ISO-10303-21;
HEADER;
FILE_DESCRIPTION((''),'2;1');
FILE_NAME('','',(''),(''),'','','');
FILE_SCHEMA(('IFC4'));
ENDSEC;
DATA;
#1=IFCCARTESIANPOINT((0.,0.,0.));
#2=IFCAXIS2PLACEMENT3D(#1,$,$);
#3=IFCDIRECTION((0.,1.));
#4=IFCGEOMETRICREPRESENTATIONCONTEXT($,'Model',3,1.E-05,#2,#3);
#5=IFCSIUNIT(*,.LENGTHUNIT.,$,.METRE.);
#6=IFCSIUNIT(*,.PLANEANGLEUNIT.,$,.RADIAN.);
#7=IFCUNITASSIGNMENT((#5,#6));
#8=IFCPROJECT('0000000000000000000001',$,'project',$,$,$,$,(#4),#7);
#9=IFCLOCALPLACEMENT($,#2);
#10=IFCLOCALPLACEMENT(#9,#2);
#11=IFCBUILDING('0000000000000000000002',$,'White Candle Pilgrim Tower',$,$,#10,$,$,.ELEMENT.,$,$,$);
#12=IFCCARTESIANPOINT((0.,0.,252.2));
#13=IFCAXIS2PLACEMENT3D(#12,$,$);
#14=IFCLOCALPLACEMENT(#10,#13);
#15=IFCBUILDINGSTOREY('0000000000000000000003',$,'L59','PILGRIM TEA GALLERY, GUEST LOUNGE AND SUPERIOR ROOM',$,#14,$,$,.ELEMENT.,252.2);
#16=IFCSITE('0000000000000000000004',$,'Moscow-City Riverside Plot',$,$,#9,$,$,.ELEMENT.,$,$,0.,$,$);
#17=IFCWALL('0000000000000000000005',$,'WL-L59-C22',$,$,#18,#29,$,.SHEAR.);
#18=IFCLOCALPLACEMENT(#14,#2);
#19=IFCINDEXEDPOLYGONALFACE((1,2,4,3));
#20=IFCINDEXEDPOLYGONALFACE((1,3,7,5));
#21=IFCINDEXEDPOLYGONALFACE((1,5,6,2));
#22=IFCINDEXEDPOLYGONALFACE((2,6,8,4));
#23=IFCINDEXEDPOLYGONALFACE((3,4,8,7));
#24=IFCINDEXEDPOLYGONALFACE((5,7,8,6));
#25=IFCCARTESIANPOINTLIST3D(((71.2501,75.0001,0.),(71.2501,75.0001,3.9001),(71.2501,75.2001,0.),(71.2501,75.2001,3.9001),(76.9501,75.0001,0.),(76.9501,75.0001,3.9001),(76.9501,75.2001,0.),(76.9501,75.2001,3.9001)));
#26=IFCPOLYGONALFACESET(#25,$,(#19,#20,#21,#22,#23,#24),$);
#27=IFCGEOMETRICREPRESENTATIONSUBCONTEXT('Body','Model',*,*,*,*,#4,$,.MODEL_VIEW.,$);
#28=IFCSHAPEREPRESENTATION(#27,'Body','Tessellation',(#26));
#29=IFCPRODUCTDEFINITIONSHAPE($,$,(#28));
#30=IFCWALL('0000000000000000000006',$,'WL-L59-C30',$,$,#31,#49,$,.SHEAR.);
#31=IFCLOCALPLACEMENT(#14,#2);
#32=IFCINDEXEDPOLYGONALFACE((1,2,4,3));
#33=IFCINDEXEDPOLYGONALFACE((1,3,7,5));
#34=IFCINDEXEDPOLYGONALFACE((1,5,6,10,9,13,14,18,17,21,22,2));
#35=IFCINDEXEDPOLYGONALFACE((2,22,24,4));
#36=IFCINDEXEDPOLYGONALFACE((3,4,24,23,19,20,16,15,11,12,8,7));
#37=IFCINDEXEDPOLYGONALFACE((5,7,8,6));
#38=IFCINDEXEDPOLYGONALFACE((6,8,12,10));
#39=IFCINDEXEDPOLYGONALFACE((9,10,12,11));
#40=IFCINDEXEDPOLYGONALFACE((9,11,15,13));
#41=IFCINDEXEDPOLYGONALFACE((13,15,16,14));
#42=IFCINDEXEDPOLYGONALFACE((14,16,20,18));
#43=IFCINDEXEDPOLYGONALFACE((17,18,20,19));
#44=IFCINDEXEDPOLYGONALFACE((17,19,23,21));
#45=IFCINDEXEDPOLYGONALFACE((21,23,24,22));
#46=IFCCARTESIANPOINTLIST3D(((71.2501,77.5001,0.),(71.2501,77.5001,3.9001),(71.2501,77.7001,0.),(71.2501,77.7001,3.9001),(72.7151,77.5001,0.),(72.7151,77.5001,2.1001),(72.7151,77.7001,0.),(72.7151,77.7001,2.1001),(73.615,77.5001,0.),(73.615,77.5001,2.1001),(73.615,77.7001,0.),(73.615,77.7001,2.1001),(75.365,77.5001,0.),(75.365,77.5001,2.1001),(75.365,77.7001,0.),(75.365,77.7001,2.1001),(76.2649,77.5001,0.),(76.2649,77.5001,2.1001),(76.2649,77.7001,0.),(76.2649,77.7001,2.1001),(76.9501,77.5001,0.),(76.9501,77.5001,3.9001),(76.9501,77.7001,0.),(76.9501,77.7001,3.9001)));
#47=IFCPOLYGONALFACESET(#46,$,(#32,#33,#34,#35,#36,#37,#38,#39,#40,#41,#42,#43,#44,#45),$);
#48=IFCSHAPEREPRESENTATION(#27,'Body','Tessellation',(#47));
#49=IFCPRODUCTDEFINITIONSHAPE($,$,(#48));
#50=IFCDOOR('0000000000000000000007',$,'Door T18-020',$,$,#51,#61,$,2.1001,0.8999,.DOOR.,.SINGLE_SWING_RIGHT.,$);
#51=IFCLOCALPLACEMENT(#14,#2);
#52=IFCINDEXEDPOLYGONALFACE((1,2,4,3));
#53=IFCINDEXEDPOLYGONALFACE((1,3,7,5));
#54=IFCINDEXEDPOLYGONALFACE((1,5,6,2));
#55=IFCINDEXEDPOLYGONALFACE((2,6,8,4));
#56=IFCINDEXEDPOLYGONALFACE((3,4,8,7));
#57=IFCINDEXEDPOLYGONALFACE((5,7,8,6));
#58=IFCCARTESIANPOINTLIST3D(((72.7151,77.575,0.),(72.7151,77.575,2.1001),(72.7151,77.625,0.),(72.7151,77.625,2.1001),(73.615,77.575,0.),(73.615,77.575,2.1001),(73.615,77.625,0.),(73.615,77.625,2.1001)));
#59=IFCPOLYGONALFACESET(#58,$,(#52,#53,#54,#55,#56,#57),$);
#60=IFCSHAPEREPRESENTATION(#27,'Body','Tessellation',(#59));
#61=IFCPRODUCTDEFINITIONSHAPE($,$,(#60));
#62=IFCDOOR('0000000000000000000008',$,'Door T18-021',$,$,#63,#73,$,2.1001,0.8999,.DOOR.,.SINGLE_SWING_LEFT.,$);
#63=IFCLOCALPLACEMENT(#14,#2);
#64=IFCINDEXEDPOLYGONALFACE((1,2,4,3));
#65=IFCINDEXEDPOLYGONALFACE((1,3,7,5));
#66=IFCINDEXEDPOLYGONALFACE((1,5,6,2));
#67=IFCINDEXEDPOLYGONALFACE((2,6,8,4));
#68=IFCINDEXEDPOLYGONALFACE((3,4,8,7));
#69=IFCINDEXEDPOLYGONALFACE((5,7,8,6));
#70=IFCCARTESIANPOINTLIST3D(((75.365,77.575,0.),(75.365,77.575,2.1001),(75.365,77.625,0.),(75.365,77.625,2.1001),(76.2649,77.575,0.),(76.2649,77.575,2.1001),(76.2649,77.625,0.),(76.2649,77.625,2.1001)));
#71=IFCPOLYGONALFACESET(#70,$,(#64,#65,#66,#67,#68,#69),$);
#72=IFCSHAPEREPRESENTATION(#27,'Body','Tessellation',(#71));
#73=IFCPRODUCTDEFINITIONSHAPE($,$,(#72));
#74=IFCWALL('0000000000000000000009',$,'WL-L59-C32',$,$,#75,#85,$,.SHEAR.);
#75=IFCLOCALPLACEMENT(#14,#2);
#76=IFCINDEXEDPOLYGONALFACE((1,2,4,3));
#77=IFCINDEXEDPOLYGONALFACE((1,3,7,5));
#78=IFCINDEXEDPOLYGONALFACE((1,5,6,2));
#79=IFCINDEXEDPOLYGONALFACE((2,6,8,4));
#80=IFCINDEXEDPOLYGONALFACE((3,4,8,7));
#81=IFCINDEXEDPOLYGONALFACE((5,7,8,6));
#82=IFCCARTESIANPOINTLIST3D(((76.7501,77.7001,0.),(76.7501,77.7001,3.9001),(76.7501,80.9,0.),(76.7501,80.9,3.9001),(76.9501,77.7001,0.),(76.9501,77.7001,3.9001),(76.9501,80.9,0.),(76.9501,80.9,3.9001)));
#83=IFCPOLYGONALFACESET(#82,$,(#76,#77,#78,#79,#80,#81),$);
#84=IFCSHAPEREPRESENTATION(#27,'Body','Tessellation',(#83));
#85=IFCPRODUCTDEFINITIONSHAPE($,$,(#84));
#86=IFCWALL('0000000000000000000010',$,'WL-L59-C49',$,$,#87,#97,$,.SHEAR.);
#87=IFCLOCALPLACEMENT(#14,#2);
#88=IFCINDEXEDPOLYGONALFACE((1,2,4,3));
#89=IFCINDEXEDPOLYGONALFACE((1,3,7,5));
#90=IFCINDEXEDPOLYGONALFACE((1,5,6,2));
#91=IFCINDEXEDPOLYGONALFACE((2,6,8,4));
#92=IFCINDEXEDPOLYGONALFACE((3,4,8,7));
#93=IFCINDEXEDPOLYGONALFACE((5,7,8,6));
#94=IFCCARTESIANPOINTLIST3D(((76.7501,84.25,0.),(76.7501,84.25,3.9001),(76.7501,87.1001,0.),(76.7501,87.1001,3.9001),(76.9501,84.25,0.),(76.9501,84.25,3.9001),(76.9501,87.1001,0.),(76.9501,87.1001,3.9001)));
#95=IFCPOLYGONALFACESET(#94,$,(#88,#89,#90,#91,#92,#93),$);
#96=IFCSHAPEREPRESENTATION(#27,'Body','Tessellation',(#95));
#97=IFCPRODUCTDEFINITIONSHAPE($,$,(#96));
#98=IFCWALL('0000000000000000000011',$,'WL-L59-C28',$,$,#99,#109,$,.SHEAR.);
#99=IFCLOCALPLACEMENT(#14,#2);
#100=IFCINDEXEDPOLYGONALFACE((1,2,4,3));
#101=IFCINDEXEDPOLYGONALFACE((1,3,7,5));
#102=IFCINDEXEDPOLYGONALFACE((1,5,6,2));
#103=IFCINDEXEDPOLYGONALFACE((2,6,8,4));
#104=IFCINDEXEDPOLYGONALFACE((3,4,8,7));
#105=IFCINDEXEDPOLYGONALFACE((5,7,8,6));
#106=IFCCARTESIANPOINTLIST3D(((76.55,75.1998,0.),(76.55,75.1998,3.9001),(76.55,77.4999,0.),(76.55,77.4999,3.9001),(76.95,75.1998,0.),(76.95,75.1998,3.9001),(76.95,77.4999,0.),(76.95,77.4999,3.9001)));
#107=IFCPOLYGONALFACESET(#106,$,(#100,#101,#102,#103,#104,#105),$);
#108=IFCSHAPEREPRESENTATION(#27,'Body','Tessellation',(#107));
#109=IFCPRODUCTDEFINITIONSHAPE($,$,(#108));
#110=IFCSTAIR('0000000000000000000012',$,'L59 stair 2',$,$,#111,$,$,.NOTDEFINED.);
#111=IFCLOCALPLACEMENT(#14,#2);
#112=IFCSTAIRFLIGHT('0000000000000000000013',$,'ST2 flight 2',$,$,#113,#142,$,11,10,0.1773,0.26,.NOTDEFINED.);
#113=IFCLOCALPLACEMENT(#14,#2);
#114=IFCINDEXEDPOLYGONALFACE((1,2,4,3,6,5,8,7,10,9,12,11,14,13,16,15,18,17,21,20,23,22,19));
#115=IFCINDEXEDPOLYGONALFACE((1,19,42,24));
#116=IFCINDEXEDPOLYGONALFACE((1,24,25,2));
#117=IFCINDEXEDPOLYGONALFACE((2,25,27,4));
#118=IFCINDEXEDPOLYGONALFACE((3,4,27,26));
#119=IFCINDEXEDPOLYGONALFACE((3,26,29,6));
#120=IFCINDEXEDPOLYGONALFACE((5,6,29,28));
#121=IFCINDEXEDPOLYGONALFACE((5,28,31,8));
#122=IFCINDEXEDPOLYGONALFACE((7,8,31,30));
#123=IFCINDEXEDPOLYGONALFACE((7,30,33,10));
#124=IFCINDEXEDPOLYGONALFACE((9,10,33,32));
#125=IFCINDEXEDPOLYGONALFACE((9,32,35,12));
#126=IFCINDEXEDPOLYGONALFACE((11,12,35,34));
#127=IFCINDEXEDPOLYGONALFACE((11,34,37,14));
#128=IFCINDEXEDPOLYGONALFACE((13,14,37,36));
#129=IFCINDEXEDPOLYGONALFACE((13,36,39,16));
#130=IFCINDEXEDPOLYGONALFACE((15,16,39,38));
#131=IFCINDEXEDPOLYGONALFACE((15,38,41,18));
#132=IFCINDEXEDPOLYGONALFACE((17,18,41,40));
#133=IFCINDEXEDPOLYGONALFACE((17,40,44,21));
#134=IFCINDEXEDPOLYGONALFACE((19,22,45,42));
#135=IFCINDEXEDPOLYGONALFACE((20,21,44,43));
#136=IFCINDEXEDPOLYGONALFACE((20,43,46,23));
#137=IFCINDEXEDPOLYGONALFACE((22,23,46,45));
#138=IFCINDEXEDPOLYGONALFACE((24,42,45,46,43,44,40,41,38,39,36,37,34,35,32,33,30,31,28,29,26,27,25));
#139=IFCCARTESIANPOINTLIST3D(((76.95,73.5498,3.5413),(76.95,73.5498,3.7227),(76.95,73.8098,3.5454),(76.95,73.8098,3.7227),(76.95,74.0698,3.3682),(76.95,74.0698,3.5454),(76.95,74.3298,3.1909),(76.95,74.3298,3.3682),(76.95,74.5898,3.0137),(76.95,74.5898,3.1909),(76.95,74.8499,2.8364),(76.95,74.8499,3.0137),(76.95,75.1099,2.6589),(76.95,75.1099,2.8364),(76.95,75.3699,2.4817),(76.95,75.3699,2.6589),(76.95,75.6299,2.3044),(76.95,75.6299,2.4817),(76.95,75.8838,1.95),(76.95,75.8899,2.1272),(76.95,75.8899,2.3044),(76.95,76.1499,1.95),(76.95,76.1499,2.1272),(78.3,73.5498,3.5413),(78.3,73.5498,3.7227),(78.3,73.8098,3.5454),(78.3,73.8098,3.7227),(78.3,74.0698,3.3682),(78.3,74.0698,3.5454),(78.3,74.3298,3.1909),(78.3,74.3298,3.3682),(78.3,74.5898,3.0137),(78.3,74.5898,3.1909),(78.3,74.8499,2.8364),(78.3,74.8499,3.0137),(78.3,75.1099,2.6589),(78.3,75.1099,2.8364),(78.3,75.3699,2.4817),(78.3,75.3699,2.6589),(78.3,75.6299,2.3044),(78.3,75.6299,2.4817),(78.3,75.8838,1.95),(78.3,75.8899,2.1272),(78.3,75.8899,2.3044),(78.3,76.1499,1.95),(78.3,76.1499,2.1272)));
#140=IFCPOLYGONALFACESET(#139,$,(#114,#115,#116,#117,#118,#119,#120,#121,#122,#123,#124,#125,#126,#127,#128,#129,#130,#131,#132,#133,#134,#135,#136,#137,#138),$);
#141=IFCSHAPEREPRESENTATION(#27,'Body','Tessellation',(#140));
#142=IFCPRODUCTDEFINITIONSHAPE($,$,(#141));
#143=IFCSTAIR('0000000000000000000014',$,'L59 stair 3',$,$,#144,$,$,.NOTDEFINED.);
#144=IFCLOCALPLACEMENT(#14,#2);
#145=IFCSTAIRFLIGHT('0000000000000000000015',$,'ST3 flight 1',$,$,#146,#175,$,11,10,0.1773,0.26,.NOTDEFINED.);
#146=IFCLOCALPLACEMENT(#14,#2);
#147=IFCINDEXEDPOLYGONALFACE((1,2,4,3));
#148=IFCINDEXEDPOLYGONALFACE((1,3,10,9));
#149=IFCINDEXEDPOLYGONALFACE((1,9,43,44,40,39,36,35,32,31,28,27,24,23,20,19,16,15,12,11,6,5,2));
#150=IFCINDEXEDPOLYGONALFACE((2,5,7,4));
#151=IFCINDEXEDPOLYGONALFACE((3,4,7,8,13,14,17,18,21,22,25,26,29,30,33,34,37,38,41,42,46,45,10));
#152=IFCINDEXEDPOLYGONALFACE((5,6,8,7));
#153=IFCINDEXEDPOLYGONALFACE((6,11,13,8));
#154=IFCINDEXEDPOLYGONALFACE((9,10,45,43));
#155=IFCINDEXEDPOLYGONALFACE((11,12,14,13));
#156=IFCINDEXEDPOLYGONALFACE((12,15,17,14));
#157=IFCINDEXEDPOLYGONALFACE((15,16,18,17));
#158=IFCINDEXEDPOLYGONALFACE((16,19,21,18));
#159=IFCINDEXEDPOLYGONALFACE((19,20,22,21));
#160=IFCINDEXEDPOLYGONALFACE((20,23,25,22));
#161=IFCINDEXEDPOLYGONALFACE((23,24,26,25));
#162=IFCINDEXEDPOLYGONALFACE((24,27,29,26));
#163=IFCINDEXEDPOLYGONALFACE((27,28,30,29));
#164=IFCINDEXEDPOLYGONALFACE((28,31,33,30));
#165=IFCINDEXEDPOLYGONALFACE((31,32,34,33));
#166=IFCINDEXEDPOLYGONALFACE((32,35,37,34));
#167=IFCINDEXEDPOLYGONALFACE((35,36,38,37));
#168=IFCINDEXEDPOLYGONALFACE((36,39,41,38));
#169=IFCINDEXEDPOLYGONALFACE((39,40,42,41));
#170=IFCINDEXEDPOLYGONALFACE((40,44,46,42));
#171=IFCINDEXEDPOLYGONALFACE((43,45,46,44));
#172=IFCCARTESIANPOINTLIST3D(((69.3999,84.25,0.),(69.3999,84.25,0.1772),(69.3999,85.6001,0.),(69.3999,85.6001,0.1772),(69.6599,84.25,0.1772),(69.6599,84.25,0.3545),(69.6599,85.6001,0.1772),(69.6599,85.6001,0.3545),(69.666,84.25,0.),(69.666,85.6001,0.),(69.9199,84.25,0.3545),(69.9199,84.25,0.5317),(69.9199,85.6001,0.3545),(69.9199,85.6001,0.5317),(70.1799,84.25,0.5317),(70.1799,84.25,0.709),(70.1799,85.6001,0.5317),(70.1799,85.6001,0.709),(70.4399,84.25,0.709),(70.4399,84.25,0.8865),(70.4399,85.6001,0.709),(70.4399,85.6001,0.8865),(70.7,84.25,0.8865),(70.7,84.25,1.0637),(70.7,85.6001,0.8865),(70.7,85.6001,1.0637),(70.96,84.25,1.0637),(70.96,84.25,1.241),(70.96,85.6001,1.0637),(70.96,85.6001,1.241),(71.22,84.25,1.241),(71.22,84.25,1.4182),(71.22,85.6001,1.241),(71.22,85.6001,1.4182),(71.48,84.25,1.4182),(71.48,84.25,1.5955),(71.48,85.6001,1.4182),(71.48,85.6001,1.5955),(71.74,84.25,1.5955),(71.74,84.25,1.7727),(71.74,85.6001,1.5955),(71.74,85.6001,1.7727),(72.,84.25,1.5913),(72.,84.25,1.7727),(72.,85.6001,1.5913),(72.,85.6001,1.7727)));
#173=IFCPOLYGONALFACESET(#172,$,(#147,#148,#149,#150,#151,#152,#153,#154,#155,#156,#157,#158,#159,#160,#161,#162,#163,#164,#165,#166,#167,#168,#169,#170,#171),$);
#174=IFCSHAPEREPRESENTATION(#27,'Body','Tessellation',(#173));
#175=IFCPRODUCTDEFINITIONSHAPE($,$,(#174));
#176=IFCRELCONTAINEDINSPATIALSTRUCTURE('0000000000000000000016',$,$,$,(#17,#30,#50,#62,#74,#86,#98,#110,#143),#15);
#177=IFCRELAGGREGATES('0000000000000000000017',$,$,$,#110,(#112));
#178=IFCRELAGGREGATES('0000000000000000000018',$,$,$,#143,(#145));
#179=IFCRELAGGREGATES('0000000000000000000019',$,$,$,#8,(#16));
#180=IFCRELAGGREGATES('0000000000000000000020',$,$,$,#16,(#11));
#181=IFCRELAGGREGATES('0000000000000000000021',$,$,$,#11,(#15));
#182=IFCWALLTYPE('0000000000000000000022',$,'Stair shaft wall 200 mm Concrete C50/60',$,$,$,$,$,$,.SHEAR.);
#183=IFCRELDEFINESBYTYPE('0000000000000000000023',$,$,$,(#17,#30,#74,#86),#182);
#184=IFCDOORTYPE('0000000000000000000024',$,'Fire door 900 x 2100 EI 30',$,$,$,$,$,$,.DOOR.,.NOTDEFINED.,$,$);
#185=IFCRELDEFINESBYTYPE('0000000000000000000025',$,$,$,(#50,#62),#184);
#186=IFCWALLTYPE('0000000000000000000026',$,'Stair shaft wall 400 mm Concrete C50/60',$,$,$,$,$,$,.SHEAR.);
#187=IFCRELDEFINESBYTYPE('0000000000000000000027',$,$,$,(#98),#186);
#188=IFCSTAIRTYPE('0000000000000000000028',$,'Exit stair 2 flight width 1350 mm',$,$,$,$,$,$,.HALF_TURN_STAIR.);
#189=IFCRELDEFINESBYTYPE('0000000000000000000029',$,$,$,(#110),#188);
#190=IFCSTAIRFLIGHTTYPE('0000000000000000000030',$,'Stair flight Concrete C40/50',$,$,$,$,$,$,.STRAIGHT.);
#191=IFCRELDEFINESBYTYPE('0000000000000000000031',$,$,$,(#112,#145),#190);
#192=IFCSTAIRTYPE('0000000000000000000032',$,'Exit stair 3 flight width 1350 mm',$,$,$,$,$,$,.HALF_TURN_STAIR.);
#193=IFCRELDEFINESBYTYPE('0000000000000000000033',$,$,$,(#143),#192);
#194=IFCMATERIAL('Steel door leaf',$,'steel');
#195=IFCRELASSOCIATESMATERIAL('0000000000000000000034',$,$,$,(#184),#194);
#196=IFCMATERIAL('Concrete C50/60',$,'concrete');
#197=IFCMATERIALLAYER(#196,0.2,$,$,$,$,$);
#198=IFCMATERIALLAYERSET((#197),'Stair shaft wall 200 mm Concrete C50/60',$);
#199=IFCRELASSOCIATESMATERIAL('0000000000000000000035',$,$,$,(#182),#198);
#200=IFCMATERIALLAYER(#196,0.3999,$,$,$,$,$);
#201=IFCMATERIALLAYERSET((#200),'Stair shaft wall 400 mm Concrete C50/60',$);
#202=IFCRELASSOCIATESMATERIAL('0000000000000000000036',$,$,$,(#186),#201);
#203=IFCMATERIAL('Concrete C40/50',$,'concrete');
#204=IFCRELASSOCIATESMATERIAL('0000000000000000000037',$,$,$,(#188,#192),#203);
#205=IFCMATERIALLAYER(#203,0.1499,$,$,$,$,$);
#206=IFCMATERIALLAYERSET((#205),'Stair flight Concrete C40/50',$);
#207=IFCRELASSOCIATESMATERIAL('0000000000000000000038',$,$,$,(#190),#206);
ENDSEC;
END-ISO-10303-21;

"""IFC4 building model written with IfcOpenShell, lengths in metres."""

from ifc_helpers import new_model, si_unit, direction, frame, frame_2d, origin, place, context, subcontext, project, spatial, polyline, rectangle, outline, extrude, material, layer, layer_set, type_object, element, fill, aggregate, save


model = new_model("IFC4")

# Units and contexts
model_context = context("Model", 3, precision=1e-05, world=origin(), true_north=direction((0.0, 1.0)))
body_context = subcontext(model_context, "Body", "Model", "MODEL_VIEW")
ifc_project = project(units=[si_unit("LENGTHUNIT", "METRE"), si_unit("PLANEANGLEUNIT", "RADIAN")], contexts=[model_context])

# Site, building, storey
site_placement = place(None, origin())
site = spatial("IfcSite", under=ifc_project, at=site_placement, Name="Moscow-City Riverside Plot", CompositionType="ELEMENT", RefElevation=0.0)
building_placement = place(site_placement, origin())
building = spatial("IfcBuilding", under=site, at=building_placement, Name="White Candle Pilgrim Tower", CompositionType="ELEMENT")
storey_placement = place(building_placement, frame((0.0, 0.0, 252.2)))
storey = spatial("IfcBuildingStorey", under=building, at=storey_placement, Name="L59", Description="PILGRIM TEA GALLERY, GUEST LOUNGE AND SUPERIOR ROOM", CompositionType="ELEMENT", Elevation=252.2)

# Shared definitions
ifc_material_1 = material(Name="Concrete C50/60", Category="concrete")

# Shared definitions
ifc_material_2 = material(Name="Steel door leaf", Category="steel")
door_type = type_object("IfcDoorType", Name="Fire door 900 x 2100 EI 30", OperationType="NOTDEFINED", PredefinedType="DOOR", material=ifc_material_2)

# Wall
ifc_layer_1 = layer(ifc_material_1, 0.2)
ifc_layer_set_1 = layer_set([ifc_layer_1], Name="Stair shaft wall 200 mm Concrete C50/60")
wall_type_1 = type_object("IfcWallType", Name="Stair shaft wall 200 mm Concrete C50/60", PredefinedType="SHEAR", material=ifc_layer_set_1)
wall_1_placement = place(storey_placement, frame((71.25, 75.1001, 0.0), z_axis=(0.0, 0.0, 1.0), x_axis=(1.0, 0.0, 0.0)))
element("IfcWall", 1, at=wall_1_placement, inside=storey, type_object=wall_type_1, Name="WL-L59-C22", PredefinedType="SHEAR", context=body_context, shape_type="SweptSolid", body=[
    extrude(rectangle(XDim=5.7, YDim=0.2, at=frame_2d((2.8501, 0.0))), origin(), (0.0, 0.0, 1.0), 3.9001),
])

# Wall, openings, doors
wall_2_placement = place(storey_placement, frame((71.25, 77.6001, 0.0), z_axis=(0.0, 0.0, 1.0), x_axis=(1.0, 0.0, 0.0)))
wall_2 = element("IfcWall", 2, at=wall_2_placement, inside=storey, type_object=wall_type_1, Name="WL-L59-C30", PredefinedType="SHEAR", context=body_context, shape_type="SweptSolid", body=[
    extrude(rectangle(XDim=5.7, YDim=0.2, at=frame_2d((2.8501, 0.0))), origin(), (0.0, 0.0, 1.0), 3.9001),
])
opening_1_placement = place(wall_2_placement, frame((1.4651, 0.0, 0.0)))
opening_1 = element("IfcOpeningElement", 3, at=opening_1_placement, cuts=wall_2, PredefinedType="OPENING", context=body_context, shape_type="SweptSolid", body=[
    extrude(rectangle(XDim=0.8999, YDim=2.1001, at=frame_2d((0.45, 1.05))), frame((0.0, 0.1099, 0.0), z_axis=(0.0, -1.0, 0.0), x_axis=(1.0, 0.0, 0.0)), (0.0, 0.0, 1.0), 0.22),
])
opening_2_placement = place(wall_2_placement, frame((4.115, 0.0, 0.0)))
opening_2 = element("IfcOpeningElement", 4, at=opening_2_placement, cuts=wall_2, PredefinedType="OPENING", context=body_context, shape_type="SweptSolid", body=[
    extrude(rectangle(XDim=0.8999, YDim=2.1001, at=frame_2d((0.45, 1.05))), frame((0.0, 0.1099, 0.0), z_axis=(0.0, -1.0, 0.0), x_axis=(1.0, 0.0, 0.0)), (0.0, 0.0, 1.0), 0.22),
])
door_1_placement = place(opening_1_placement, origin())
door_1 = element("IfcDoor", 5, at=door_1_placement, inside=storey, type_object=door_type, Name="Door T18-020", OperationType="SINGLE_SWING_RIGHT", OverallHeight=2.1001, OverallWidth=0.8999, PredefinedType="DOOR", context=body_context, shape_type="SweptSolid", body=[
    extrude(rectangle(XDim=0.8999, YDim=2.1001, at=frame_2d((0.45, 1.05))), frame((0.0, 0.0249, 0.0), z_axis=(0.0, -1.0, 0.0), x_axis=(1.0, 0.0, 0.0)), (0.0, 0.0, 1.0), 0.05),
])
fill(opening_1, door_1)
door_2_placement = place(opening_2_placement, origin())
door_2 = element("IfcDoor", 6, at=door_2_placement, inside=storey, type_object=door_type, Name="Door T18-021", OperationType="SINGLE_SWING_LEFT", OverallHeight=2.1001, OverallWidth=0.8999, PredefinedType="DOOR", context=body_context, shape_type="SweptSolid", body=[
    extrude(rectangle(XDim=0.8999, YDim=2.1001, at=frame_2d((0.45, 1.05))), frame((0.0, 0.0249, 0.0), z_axis=(0.0, -1.0, 0.0), x_axis=(1.0, 0.0, 0.0)), (0.0, 0.0, 1.0), 0.05),
])
fill(opening_2, door_2)

# Walls
wall_3_placement = place(storey_placement, frame((76.8501, 77.7, 0.0), z_axis=(0.0, 0.0, 1.0), x_axis=(0.0, 1.0, 0.0)))
element("IfcWall", 7, at=wall_3_placement, inside=storey, type_object=wall_type_1, Name="WL-L59-C32", PredefinedType="SHEAR", context=body_context, shape_type="SweptSolid", body=[
    extrude(rectangle(XDim=3.2, YDim=0.2, at=frame_2d((1.6001, 0.0))), origin(), (0.0, 0.0, 1.0), 3.9001),
])
wall_4_placement = place(storey_placement, frame((76.8501, 84.25, 0.0), z_axis=(0.0, 0.0, 1.0), x_axis=(0.0, 1.0, 0.0)))
element("IfcWall", 8, at=wall_4_placement, inside=storey, type_object=wall_type_1, Name="WL-L59-C49", PredefinedType="SHEAR", context=body_context, shape_type="SweptSolid", body=[
    extrude(rectangle(XDim=2.8501, YDim=0.2, at=frame_2d((1.425, 0.0))), origin(), (0.0, 0.0, 1.0), 3.9001),
])
ifc_layer_2 = layer(ifc_material_1, 0.3999)
ifc_layer_set_2 = layer_set([ifc_layer_2], Name="Stair shaft wall 400 mm Concrete C50/60")
wall_type_2 = type_object("IfcWallType", Name="Stair shaft wall 400 mm Concrete C50/60", PredefinedType="SHEAR", material=ifc_layer_set_2)
wall_5_placement = place(storey_placement, frame((76.75, 75.2, 0.0), z_axis=(0.0, 0.0, 1.0), x_axis=(0.0, 1.0, 0.0)))
element("IfcWall", 9, at=wall_5_placement, inside=storey, type_object=wall_type_2, Name="WL-L59-C28", PredefinedType="SHEAR", context=body_context, shape_type="SweptSolid", body=[
    extrude(rectangle(XDim=2.3, YDim=0.3999, at=frame_2d((1.1499, 0.0))), origin(), (0.0, 0.0, 1.0), 3.9001),
])

# Stair, stair flight
ifc_material_3 = material(Name="Concrete C40/50", Category="concrete")
stair_type_1 = type_object("IfcStairType", Name="Exit stair 2 flight width 1350 mm", PredefinedType="HALF_TURN_STAIR", material=ifc_material_3)
stair_1_placement = place(storey_placement, origin())
stair_1 = element("IfcStair", 10, at=stair_1_placement, inside=storey, type_object=stair_type_1, Name="L59 stair 2", PredefinedType="NOTDEFINED")
ifc_layer_3 = layer(ifc_material_3, 0.1499)
ifc_layer_set_3 = layer_set([ifc_layer_3], Name="Stair flight Concrete C40/50")
stair_flight_type = type_object("IfcStairFlightType", Name="Stair flight Concrete C40/50", PredefinedType="STRAIGHT", material=ifc_layer_set_3)
stair_flight_1_placement = place(storey_placement, frame((77.625, 76.1499, 1.95), z_axis=(0.0, 0.0, 1.0), x_axis=(0.0, -1.0, 0.0)))
stair_flight_1 = element("IfcStairFlight", 11, at=stair_flight_1_placement, type_object=stair_flight_type, Name="ST2 flight 2", NumberOfRisers=11, NumberOfTreads=10, PredefinedType="NOTDEFINED", RiserHeight=0.1773, TreadLength=0.26, context=body_context, shape_type="SweptSolid", body=[
    extrude(outline(polyline([(0.0, 0.0), (0.0, 0.1772), (0.26, 0.1772), (0.26, 0.3545), (0.52, 0.3545), (0.52, 0.5317), (0.78, 0.5317), (0.78, 0.709), (1.04, 0.709), (1.04, 0.8865), (1.3, 0.8865), (1.3, 1.0637), (1.5601, 1.0637), (1.5601, 1.241), (1.8201, 1.241), (1.8201, 1.4182), (2.0801, 1.4182), (2.0801, 1.5955), (2.3401, 1.5955), (2.3401, 1.7727), (2.6001, 1.7727), (2.6001, 1.95), (2.6001, 1.5913), (0.2661, 0.0), (0.0, 0.0)])), frame((0.0, 0.675, 0.0), z_axis=(0.0, -1.0, 0.0), x_axis=(1.0, 0.0, 0.0)), (0.0, 0.0, 1.0), 1.3501),
])
aggregate(stair_1, [stair_flight_1])

# Stair, stair flight
stair_type_2 = type_object("IfcStairType", Name="Exit stair 3 flight width 1350 mm", PredefinedType="HALF_TURN_STAIR", material=ifc_material_3)
stair_2_placement = place(storey_placement, origin())
stair_2 = element("IfcStair", 12, at=stair_2_placement, inside=storey, type_object=stair_type_2, Name="L59 stair 3", PredefinedType="NOTDEFINED")
stair_flight_2_placement = place(storey_placement, frame((69.3999, 84.925, 0.0), z_axis=(0.0, 0.0, 1.0), x_axis=(1.0, 0.0, 0.0)))
stair_flight_2 = element("IfcStairFlight", 13, at=stair_flight_2_placement, type_object=stair_flight_type, Name="ST3 flight 1", NumberOfRisers=11, NumberOfTreads=10, PredefinedType="NOTDEFINED", RiserHeight=0.1773, TreadLength=0.26, context=body_context, shape_type="SweptSolid", body=[
    extrude(outline(polyline([(0.0, 0.0), (0.0, 0.1772), (0.26, 0.1772), (0.26, 0.3545), (0.52, 0.3545), (0.52, 0.5317), (0.78, 0.5317), (0.78, 0.709), (1.04, 0.709), (1.04, 0.8865), (1.3, 0.8865), (1.3, 1.0637), (1.5601, 1.0637), (1.5601, 1.241), (1.8201, 1.241), (1.8201, 1.4182), (2.0801, 1.4182), (2.0801, 1.5955), (2.3401, 1.5955), (2.3401, 1.7727), (2.6001, 1.7727), (2.6001, 1.95), (2.6001, 1.5913), (0.2661, 0.0), (0.0, 0.0)])), frame((0.0, 0.675, 0.0), z_axis=(0.0, -1.0, 0.0), x_axis=(1.0, 0.0, 0.0)), (0.0, 0.0, 1.0), 1.3501),
])
aggregate(stair_2, [stair_flight_2])

save(model, "model.ifc")
